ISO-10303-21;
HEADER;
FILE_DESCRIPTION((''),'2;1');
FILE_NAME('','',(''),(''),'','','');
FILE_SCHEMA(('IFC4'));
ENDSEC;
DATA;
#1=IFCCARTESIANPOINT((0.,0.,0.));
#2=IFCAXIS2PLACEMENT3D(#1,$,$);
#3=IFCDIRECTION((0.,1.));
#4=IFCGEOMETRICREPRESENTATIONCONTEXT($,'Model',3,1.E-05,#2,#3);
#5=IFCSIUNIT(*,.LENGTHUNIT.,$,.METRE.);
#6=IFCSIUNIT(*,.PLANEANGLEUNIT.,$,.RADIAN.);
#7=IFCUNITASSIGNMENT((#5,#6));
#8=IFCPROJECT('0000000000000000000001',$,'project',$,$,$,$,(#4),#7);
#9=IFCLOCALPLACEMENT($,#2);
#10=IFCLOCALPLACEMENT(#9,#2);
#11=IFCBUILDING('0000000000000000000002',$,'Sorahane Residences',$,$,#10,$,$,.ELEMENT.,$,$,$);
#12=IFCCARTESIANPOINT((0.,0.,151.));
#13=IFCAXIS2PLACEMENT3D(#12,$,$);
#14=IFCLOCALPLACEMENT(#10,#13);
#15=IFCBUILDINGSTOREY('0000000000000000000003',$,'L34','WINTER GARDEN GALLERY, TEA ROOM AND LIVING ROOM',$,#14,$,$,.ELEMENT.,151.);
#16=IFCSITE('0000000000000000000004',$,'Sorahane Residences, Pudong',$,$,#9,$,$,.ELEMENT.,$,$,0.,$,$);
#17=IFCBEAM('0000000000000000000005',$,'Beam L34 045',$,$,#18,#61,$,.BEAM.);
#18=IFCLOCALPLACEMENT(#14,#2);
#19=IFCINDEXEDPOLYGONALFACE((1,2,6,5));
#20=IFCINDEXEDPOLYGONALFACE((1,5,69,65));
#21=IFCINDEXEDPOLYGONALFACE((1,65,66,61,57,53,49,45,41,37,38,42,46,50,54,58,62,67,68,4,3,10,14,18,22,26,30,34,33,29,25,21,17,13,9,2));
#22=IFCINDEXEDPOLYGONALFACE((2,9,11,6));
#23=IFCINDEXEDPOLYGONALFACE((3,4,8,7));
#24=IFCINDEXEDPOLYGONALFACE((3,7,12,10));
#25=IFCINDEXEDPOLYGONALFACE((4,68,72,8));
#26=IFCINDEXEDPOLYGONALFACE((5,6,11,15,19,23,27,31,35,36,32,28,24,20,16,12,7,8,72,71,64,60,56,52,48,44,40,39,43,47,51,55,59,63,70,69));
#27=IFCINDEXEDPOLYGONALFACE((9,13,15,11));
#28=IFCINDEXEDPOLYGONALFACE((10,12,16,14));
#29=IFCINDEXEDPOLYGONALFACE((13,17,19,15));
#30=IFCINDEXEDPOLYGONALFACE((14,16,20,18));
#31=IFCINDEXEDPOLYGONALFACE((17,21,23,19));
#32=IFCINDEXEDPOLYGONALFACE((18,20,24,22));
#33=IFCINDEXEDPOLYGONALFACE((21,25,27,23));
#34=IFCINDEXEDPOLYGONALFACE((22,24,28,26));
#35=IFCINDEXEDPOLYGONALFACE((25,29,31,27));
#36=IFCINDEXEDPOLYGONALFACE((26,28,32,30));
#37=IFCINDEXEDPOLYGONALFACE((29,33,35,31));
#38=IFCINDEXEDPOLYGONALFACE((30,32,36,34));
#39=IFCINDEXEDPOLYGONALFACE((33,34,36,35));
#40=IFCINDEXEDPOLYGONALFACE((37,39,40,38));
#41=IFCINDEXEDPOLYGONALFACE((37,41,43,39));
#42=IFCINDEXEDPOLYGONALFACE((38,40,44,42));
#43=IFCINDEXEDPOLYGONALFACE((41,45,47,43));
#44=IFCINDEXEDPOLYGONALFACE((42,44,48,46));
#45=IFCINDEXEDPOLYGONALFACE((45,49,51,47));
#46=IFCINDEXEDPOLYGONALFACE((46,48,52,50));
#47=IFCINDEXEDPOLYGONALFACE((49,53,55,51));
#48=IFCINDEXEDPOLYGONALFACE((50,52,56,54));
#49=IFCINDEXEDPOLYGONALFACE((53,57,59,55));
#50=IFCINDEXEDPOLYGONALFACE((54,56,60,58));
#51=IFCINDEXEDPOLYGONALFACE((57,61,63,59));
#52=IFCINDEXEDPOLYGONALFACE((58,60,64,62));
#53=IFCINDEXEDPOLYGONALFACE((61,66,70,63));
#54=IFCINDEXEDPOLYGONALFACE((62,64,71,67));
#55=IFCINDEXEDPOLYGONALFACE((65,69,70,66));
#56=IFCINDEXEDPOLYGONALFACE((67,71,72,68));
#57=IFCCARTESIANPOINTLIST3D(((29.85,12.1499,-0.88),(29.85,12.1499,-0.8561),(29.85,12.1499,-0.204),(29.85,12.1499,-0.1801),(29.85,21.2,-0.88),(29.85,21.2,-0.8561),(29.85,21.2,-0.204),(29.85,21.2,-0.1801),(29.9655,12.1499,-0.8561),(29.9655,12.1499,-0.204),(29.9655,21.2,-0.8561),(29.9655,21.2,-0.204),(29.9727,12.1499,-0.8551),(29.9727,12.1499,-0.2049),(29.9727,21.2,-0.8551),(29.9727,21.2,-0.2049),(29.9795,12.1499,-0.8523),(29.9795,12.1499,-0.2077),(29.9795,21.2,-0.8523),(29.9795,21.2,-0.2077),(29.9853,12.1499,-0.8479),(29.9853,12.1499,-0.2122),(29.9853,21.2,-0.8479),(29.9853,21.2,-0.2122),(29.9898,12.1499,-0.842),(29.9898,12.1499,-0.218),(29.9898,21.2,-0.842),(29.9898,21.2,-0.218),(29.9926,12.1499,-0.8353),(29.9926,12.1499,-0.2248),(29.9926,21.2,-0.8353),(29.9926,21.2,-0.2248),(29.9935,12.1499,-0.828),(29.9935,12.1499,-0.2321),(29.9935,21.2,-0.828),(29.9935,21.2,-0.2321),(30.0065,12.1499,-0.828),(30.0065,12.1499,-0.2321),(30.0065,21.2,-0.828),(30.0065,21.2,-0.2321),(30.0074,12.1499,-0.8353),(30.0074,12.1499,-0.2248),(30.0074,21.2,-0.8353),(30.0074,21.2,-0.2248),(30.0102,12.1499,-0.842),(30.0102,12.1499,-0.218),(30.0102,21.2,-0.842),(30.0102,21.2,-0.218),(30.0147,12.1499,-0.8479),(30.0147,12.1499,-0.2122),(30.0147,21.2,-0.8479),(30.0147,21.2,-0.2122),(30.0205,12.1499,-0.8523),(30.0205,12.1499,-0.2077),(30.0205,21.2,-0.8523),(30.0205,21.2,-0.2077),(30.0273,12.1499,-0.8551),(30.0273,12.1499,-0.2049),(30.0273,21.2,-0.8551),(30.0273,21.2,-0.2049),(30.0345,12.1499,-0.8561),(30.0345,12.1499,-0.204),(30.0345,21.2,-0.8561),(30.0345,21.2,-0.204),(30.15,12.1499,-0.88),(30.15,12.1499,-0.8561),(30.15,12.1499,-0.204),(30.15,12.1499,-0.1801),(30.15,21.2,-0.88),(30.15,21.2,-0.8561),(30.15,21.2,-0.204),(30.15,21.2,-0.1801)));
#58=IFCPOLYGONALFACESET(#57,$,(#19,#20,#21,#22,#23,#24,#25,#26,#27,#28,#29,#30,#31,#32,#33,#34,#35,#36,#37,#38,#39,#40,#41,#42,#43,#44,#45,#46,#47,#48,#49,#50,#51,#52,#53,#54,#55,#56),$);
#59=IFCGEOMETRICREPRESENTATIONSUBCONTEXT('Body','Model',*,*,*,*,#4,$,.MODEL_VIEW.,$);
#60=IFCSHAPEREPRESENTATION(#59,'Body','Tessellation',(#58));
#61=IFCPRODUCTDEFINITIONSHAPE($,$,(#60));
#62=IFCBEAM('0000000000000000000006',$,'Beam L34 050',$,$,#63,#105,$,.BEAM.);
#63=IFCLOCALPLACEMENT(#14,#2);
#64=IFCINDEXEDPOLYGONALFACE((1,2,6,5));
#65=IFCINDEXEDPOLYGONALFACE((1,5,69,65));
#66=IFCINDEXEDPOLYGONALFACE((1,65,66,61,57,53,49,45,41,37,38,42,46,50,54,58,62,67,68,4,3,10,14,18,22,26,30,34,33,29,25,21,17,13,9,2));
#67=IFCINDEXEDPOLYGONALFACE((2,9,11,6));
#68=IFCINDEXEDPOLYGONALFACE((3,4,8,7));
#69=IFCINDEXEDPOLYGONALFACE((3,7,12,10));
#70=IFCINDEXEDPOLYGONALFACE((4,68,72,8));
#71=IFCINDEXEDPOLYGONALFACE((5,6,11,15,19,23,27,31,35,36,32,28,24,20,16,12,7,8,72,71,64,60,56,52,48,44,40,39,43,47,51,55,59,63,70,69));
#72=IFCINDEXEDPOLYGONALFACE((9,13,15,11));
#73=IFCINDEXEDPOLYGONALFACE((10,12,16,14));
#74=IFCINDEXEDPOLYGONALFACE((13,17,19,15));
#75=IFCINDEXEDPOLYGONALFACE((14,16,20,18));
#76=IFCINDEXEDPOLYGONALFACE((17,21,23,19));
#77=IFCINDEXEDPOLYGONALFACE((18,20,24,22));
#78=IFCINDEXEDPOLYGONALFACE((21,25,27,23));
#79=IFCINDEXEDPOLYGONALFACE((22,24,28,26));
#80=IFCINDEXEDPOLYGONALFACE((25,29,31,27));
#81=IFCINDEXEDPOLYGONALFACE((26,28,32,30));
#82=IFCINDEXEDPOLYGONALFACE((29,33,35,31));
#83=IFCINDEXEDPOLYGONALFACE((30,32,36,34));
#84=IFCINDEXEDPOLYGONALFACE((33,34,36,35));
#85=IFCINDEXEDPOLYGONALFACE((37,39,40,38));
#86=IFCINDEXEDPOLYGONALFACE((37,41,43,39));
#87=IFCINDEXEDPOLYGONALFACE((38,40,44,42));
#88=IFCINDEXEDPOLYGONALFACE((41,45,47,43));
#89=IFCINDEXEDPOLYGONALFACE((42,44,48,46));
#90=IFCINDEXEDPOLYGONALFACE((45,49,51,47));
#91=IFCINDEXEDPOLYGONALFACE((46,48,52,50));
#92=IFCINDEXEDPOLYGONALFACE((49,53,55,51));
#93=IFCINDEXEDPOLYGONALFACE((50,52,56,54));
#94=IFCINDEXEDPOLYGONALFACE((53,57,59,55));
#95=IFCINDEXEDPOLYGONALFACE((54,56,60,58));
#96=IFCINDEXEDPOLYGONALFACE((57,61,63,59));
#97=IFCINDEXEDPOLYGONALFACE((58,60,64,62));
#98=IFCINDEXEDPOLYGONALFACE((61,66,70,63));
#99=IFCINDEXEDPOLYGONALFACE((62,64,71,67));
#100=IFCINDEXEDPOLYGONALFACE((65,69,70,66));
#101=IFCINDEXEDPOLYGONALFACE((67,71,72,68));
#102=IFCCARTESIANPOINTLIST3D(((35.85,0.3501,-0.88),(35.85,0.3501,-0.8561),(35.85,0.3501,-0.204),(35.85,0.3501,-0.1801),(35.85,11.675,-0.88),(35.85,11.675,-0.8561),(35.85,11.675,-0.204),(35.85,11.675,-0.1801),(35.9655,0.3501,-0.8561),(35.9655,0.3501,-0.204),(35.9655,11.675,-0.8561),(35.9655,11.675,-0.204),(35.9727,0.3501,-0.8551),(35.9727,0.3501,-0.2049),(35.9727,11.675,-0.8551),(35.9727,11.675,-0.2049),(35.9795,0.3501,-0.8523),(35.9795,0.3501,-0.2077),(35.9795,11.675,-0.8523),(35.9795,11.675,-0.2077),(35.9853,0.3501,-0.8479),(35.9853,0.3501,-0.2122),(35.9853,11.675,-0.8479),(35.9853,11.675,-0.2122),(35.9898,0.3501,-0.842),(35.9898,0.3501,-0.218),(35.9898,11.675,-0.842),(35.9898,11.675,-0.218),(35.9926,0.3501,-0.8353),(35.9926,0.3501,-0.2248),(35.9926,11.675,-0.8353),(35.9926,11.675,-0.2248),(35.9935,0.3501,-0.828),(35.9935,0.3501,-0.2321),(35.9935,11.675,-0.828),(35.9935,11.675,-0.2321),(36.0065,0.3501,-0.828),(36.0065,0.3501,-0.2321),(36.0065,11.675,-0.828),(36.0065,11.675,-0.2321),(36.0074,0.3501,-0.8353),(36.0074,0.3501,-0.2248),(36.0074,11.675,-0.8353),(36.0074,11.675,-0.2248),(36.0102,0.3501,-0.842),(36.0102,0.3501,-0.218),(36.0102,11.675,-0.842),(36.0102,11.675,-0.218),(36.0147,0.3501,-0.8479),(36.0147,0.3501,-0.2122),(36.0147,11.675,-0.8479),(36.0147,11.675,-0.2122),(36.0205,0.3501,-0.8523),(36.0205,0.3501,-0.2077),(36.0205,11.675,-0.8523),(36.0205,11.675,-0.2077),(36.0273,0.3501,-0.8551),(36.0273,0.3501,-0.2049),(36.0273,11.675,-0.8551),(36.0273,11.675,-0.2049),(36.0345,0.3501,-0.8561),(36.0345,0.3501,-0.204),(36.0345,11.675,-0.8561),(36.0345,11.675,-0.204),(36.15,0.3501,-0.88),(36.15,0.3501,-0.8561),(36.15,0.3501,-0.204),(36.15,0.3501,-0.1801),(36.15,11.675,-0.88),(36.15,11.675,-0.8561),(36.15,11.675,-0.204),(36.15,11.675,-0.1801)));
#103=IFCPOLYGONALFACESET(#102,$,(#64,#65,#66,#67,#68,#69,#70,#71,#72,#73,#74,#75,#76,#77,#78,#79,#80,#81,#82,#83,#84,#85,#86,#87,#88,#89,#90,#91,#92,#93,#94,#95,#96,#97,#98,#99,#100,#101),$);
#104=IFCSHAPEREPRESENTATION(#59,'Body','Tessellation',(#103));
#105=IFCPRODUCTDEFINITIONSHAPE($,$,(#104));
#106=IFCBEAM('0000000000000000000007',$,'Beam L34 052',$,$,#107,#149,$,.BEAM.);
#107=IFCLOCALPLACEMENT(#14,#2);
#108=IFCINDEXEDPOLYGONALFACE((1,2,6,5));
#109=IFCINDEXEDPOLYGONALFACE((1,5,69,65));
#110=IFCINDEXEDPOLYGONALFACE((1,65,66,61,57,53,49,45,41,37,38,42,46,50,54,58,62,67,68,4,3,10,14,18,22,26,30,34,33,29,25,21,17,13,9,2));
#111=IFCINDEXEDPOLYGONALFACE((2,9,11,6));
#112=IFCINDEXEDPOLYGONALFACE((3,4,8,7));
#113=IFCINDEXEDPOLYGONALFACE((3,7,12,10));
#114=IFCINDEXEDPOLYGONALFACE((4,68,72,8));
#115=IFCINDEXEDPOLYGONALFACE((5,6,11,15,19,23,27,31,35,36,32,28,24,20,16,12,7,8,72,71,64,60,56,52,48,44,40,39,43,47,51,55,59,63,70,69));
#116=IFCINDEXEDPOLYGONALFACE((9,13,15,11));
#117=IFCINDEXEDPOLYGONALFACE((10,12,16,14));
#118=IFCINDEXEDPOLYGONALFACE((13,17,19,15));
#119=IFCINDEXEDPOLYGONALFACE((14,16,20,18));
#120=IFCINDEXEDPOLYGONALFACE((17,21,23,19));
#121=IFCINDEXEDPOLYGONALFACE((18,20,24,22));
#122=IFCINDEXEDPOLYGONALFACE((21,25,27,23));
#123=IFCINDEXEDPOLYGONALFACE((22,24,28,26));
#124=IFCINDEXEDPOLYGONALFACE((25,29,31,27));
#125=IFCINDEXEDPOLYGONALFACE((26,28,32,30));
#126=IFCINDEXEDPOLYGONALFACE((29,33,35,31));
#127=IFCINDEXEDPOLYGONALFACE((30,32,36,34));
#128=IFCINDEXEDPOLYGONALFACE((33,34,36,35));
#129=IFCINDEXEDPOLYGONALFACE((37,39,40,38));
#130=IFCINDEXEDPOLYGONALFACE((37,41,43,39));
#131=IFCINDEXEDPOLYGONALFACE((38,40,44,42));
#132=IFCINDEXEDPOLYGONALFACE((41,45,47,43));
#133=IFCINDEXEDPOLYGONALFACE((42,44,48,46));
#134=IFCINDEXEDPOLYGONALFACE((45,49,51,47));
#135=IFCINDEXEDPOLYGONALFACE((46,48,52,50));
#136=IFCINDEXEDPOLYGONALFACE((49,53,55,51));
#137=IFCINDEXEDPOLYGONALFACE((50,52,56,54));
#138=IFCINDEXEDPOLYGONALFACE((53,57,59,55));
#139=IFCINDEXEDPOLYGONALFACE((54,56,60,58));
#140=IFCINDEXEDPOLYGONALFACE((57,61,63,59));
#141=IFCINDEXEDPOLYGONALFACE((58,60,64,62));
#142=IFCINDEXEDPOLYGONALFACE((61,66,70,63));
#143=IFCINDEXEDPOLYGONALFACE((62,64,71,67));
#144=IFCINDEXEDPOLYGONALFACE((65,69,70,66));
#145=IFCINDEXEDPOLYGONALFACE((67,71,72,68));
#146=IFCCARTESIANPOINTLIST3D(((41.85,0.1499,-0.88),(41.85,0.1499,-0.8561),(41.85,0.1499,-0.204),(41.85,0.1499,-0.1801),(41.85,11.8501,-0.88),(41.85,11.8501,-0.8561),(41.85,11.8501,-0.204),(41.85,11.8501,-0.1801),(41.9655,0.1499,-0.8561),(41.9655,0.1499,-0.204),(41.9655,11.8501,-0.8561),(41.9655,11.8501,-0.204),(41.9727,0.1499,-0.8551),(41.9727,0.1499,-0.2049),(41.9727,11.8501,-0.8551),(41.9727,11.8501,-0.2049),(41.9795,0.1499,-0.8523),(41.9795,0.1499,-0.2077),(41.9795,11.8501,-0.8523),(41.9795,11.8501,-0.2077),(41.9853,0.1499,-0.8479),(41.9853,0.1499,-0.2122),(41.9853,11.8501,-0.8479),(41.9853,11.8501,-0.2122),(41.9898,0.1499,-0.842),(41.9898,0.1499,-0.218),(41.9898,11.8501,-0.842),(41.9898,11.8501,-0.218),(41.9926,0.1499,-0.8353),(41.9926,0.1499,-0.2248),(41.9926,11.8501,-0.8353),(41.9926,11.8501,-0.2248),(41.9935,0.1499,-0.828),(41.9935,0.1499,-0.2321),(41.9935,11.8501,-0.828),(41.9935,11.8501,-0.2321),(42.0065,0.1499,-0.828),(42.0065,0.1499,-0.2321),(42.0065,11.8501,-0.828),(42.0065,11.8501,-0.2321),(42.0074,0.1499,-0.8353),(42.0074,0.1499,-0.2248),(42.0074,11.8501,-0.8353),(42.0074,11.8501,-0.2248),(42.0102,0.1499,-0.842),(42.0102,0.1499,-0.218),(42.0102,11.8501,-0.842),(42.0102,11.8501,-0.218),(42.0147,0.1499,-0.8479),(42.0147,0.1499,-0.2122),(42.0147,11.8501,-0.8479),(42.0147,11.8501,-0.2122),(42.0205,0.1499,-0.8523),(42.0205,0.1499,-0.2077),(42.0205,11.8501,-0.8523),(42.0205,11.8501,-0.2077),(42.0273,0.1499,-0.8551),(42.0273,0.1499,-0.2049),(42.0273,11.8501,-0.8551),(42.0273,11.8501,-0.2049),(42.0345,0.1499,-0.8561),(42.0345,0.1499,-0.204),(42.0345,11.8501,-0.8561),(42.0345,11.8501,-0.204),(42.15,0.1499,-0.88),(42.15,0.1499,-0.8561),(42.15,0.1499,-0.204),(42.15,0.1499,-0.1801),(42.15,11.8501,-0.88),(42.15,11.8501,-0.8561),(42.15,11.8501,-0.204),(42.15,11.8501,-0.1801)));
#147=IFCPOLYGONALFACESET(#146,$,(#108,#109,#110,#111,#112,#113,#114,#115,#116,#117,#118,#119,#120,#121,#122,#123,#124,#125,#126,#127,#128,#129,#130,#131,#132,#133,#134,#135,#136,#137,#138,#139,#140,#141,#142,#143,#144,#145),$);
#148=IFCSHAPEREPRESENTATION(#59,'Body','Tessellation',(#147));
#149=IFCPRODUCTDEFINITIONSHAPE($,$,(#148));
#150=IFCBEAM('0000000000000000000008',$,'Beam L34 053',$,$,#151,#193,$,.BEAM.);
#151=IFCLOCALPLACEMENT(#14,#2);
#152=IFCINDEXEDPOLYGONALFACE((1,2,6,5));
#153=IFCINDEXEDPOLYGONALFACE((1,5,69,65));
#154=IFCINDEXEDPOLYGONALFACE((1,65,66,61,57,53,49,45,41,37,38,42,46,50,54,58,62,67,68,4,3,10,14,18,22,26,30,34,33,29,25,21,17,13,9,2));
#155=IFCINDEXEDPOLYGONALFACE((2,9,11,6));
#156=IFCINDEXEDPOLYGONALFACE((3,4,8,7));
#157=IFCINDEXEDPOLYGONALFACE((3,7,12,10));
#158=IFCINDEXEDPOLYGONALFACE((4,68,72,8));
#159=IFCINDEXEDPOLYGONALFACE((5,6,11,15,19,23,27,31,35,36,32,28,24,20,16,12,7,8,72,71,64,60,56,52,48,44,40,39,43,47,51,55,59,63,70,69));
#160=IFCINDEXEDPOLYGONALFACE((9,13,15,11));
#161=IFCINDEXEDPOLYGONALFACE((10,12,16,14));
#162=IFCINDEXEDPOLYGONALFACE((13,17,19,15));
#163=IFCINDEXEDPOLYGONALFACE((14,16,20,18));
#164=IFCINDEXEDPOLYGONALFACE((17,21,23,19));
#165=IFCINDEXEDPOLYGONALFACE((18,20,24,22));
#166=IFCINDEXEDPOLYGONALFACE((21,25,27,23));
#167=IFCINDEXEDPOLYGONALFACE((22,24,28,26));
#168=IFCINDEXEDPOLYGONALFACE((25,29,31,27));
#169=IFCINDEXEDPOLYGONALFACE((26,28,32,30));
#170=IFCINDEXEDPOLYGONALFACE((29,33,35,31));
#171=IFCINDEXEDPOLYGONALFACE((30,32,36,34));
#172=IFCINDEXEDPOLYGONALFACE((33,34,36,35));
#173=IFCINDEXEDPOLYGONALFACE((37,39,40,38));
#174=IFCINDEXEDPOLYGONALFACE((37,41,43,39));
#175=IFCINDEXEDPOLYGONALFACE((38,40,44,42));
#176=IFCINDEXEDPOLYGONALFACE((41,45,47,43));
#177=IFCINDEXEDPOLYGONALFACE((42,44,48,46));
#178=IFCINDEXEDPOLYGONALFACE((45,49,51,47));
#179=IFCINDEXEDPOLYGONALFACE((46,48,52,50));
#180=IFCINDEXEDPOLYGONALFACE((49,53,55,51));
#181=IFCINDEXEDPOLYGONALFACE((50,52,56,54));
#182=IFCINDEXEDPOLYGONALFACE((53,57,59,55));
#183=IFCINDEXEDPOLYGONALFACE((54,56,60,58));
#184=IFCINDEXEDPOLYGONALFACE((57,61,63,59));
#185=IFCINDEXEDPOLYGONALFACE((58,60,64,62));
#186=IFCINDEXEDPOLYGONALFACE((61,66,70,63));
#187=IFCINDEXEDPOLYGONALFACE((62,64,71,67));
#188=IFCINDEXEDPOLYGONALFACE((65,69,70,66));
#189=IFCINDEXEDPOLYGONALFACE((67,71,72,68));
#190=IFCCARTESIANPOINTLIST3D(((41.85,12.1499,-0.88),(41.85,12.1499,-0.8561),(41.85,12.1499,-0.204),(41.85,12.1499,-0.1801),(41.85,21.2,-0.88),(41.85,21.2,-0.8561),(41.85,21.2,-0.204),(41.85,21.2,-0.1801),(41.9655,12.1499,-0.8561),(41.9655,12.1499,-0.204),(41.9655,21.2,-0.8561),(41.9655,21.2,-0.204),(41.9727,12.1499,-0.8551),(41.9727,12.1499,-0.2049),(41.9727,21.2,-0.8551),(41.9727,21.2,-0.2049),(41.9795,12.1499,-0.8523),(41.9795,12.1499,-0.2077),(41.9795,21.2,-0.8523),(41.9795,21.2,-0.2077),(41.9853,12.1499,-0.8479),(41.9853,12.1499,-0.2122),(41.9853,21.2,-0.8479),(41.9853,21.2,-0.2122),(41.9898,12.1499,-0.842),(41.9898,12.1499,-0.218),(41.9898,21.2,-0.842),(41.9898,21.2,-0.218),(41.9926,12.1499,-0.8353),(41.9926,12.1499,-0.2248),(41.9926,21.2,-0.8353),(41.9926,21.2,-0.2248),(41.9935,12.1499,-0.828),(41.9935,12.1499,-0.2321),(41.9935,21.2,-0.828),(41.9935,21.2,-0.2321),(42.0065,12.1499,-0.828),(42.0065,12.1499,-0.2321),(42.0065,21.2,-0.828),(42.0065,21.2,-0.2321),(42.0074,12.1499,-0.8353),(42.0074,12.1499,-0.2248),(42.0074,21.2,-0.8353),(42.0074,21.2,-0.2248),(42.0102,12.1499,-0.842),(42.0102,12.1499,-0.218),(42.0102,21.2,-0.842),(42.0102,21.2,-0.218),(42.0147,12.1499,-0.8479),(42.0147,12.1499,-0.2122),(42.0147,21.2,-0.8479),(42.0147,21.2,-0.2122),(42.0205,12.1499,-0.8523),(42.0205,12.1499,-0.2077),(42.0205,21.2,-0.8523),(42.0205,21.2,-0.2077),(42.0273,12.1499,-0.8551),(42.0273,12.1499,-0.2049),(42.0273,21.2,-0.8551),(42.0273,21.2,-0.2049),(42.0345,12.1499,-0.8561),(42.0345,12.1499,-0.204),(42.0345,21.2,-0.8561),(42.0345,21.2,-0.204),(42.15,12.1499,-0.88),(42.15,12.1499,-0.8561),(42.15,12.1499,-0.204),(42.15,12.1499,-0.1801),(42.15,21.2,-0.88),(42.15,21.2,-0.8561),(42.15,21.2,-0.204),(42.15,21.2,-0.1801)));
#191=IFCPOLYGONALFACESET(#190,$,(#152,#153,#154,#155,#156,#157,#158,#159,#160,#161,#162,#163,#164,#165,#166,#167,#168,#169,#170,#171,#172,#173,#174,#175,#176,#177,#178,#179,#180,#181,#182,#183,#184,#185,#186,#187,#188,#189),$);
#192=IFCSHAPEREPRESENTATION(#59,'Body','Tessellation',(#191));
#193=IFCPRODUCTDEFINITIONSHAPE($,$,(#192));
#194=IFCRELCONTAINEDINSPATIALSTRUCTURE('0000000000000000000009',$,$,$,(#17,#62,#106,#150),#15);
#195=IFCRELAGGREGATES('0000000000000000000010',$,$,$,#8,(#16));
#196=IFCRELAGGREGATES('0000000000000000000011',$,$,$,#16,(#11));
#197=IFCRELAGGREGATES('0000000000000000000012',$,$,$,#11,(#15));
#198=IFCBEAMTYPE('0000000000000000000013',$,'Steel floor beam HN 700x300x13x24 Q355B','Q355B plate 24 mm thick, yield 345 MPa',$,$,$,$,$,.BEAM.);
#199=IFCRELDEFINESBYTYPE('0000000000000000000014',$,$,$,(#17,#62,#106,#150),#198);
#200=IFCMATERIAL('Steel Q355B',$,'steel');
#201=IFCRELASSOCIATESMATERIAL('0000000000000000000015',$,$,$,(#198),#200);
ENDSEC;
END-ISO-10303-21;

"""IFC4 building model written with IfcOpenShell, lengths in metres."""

from ifc_helpers import new_model, si_unit, direction, frame, origin, origin_2d, place, context, subcontext, project, spatial, i_section, extrude, material, material_profile, profile_set, type_object, element, save


model = new_model("IFC4")

# Units and contexts
model_context = context("Model", 3, precision=1e-05, world=origin(), true_north=direction((0.0, 1.0)))
body_context = subcontext(model_context, "Body", "Model", "MODEL_VIEW")
ifc_project = project(units=[si_unit("LENGTHUNIT", "METRE"), si_unit("PLANEANGLEUNIT", "RADIAN")], contexts=[model_context])

# Site, building, storey
site_placement = place(None, origin())
site = spatial("IfcSite", under=ifc_project, at=site_placement, Name="Sorahane Residences, Pudong", CompositionType="ELEMENT", RefElevation=0.0)
building_placement = place(site_placement, origin())
building = spatial("IfcBuilding", under=site, at=building_placement, Name="Sorahane Residences", CompositionType="ELEMENT")
storey_placement = place(building_placement, frame((0.0, 0.0, 151.0)))
storey = spatial("IfcBuildingStorey", under=building, at=storey_placement, Name="L34", Description="WINTER GARDEN GALLERY, TEA ROOM AND LIVING ROOM", CompositionType="ELEMENT", Elevation=151.0)

# Beams
ifc_material_1 = material(Name="Steel Q355B", Category="steel")
ifc_material_profile_1 = material_profile(ifc_material_1, i_section(OverallWidth=0.3, OverallDepth=0.7, WebThickness=0.0129, FlangeThickness=0.0239, FilletRadius=0.0281, at=origin_2d()), Name="HN 700x300x13x24")
ifc_profile_set_1 = profile_set([ifc_material_profile_1], Name="Steel Q355B")
beam_type_1 = type_object("IfcBeamType", Name="Steel floor beam HN 700x300x13x24 Q355B", Description="Q355B plate 24 mm thick, yield 345 MPa", PredefinedType="BEAM", material=ifc_profile_set_1)
beam_1_placement = place(storey_placement, frame((30.0, 12.1499, -0.53), z_axis=(0.0, 1.0, 0.0), x_axis=(-1.0, 0.0, 0.0)))
element("IfcBeam", 1, at=beam_1_placement, inside=storey, type_object=beam_type_1, Name="Beam L34 045", PredefinedType="BEAM", context=body_context, shape_type="SweptSolid", body=[
    extrude(i_section(OverallWidth=0.3, OverallDepth=0.7, WebThickness=0.0129, FlangeThickness=0.0239, FilletRadius=0.0281, at=origin_2d()), origin(), (0.0, 0.0, 1.0), 9.05),
])
beam_2_placement = place(storey_placement, frame((36.0, 0.3501, -0.53), z_axis=(0.0, 1.0, 0.0), x_axis=(-1.0, 0.0, 0.0)))
element("IfcBeam", 2, at=beam_2_placement, inside=storey, type_object=beam_type_1, Name="Beam L34 050", PredefinedType="BEAM", context=body_context, shape_type="SweptSolid", body=[
    extrude(i_section(OverallWidth=0.3, OverallDepth=0.7, WebThickness=0.0129, FlangeThickness=0.0239, FilletRadius=0.0281, at=origin_2d()), origin(), (0.0, 0.0, 1.0), 11.325),
])
beam_3_placement = place(storey_placement, frame((42.0, 0.1499, -0.53), z_axis=(0.0, 1.0, 0.0), x_axis=(-1.0, 0.0, 0.0)))
element("IfcBeam", 3, at=beam_3_placement, inside=storey, type_object=beam_type_1, Name="Beam L34 052", PredefinedType="BEAM", context=body_context, shape_type="SweptSolid", body=[
    extrude(i_section(OverallWidth=0.3, OverallDepth=0.7, WebThickness=0.0129, FlangeThickness=0.0239, FilletRadius=0.0281, at=origin_2d()), origin(), (0.0, 0.0, 1.0), 11.7002),
])
beam_4_placement = place(storey_placement, frame((42.0, 12.1499, -0.53), z_axis=(0.0, 1.0, 0.0), x_axis=(-1.0, 0.0, 0.0)))
element("IfcBeam", 4, at=beam_4_placement, inside=storey, type_object=beam_type_1, Name="Beam L34 053", PredefinedType="BEAM", context=body_context, shape_type="SweptSolid", body=[
    extrude(i_section(OverallWidth=0.3, OverallDepth=0.7, WebThickness=0.0129, FlangeThickness=0.0239, FilletRadius=0.0281, at=origin_2d()), origin(), (0.0, 0.0, 1.0), 9.05),
])

save(model, "model.ifc")
